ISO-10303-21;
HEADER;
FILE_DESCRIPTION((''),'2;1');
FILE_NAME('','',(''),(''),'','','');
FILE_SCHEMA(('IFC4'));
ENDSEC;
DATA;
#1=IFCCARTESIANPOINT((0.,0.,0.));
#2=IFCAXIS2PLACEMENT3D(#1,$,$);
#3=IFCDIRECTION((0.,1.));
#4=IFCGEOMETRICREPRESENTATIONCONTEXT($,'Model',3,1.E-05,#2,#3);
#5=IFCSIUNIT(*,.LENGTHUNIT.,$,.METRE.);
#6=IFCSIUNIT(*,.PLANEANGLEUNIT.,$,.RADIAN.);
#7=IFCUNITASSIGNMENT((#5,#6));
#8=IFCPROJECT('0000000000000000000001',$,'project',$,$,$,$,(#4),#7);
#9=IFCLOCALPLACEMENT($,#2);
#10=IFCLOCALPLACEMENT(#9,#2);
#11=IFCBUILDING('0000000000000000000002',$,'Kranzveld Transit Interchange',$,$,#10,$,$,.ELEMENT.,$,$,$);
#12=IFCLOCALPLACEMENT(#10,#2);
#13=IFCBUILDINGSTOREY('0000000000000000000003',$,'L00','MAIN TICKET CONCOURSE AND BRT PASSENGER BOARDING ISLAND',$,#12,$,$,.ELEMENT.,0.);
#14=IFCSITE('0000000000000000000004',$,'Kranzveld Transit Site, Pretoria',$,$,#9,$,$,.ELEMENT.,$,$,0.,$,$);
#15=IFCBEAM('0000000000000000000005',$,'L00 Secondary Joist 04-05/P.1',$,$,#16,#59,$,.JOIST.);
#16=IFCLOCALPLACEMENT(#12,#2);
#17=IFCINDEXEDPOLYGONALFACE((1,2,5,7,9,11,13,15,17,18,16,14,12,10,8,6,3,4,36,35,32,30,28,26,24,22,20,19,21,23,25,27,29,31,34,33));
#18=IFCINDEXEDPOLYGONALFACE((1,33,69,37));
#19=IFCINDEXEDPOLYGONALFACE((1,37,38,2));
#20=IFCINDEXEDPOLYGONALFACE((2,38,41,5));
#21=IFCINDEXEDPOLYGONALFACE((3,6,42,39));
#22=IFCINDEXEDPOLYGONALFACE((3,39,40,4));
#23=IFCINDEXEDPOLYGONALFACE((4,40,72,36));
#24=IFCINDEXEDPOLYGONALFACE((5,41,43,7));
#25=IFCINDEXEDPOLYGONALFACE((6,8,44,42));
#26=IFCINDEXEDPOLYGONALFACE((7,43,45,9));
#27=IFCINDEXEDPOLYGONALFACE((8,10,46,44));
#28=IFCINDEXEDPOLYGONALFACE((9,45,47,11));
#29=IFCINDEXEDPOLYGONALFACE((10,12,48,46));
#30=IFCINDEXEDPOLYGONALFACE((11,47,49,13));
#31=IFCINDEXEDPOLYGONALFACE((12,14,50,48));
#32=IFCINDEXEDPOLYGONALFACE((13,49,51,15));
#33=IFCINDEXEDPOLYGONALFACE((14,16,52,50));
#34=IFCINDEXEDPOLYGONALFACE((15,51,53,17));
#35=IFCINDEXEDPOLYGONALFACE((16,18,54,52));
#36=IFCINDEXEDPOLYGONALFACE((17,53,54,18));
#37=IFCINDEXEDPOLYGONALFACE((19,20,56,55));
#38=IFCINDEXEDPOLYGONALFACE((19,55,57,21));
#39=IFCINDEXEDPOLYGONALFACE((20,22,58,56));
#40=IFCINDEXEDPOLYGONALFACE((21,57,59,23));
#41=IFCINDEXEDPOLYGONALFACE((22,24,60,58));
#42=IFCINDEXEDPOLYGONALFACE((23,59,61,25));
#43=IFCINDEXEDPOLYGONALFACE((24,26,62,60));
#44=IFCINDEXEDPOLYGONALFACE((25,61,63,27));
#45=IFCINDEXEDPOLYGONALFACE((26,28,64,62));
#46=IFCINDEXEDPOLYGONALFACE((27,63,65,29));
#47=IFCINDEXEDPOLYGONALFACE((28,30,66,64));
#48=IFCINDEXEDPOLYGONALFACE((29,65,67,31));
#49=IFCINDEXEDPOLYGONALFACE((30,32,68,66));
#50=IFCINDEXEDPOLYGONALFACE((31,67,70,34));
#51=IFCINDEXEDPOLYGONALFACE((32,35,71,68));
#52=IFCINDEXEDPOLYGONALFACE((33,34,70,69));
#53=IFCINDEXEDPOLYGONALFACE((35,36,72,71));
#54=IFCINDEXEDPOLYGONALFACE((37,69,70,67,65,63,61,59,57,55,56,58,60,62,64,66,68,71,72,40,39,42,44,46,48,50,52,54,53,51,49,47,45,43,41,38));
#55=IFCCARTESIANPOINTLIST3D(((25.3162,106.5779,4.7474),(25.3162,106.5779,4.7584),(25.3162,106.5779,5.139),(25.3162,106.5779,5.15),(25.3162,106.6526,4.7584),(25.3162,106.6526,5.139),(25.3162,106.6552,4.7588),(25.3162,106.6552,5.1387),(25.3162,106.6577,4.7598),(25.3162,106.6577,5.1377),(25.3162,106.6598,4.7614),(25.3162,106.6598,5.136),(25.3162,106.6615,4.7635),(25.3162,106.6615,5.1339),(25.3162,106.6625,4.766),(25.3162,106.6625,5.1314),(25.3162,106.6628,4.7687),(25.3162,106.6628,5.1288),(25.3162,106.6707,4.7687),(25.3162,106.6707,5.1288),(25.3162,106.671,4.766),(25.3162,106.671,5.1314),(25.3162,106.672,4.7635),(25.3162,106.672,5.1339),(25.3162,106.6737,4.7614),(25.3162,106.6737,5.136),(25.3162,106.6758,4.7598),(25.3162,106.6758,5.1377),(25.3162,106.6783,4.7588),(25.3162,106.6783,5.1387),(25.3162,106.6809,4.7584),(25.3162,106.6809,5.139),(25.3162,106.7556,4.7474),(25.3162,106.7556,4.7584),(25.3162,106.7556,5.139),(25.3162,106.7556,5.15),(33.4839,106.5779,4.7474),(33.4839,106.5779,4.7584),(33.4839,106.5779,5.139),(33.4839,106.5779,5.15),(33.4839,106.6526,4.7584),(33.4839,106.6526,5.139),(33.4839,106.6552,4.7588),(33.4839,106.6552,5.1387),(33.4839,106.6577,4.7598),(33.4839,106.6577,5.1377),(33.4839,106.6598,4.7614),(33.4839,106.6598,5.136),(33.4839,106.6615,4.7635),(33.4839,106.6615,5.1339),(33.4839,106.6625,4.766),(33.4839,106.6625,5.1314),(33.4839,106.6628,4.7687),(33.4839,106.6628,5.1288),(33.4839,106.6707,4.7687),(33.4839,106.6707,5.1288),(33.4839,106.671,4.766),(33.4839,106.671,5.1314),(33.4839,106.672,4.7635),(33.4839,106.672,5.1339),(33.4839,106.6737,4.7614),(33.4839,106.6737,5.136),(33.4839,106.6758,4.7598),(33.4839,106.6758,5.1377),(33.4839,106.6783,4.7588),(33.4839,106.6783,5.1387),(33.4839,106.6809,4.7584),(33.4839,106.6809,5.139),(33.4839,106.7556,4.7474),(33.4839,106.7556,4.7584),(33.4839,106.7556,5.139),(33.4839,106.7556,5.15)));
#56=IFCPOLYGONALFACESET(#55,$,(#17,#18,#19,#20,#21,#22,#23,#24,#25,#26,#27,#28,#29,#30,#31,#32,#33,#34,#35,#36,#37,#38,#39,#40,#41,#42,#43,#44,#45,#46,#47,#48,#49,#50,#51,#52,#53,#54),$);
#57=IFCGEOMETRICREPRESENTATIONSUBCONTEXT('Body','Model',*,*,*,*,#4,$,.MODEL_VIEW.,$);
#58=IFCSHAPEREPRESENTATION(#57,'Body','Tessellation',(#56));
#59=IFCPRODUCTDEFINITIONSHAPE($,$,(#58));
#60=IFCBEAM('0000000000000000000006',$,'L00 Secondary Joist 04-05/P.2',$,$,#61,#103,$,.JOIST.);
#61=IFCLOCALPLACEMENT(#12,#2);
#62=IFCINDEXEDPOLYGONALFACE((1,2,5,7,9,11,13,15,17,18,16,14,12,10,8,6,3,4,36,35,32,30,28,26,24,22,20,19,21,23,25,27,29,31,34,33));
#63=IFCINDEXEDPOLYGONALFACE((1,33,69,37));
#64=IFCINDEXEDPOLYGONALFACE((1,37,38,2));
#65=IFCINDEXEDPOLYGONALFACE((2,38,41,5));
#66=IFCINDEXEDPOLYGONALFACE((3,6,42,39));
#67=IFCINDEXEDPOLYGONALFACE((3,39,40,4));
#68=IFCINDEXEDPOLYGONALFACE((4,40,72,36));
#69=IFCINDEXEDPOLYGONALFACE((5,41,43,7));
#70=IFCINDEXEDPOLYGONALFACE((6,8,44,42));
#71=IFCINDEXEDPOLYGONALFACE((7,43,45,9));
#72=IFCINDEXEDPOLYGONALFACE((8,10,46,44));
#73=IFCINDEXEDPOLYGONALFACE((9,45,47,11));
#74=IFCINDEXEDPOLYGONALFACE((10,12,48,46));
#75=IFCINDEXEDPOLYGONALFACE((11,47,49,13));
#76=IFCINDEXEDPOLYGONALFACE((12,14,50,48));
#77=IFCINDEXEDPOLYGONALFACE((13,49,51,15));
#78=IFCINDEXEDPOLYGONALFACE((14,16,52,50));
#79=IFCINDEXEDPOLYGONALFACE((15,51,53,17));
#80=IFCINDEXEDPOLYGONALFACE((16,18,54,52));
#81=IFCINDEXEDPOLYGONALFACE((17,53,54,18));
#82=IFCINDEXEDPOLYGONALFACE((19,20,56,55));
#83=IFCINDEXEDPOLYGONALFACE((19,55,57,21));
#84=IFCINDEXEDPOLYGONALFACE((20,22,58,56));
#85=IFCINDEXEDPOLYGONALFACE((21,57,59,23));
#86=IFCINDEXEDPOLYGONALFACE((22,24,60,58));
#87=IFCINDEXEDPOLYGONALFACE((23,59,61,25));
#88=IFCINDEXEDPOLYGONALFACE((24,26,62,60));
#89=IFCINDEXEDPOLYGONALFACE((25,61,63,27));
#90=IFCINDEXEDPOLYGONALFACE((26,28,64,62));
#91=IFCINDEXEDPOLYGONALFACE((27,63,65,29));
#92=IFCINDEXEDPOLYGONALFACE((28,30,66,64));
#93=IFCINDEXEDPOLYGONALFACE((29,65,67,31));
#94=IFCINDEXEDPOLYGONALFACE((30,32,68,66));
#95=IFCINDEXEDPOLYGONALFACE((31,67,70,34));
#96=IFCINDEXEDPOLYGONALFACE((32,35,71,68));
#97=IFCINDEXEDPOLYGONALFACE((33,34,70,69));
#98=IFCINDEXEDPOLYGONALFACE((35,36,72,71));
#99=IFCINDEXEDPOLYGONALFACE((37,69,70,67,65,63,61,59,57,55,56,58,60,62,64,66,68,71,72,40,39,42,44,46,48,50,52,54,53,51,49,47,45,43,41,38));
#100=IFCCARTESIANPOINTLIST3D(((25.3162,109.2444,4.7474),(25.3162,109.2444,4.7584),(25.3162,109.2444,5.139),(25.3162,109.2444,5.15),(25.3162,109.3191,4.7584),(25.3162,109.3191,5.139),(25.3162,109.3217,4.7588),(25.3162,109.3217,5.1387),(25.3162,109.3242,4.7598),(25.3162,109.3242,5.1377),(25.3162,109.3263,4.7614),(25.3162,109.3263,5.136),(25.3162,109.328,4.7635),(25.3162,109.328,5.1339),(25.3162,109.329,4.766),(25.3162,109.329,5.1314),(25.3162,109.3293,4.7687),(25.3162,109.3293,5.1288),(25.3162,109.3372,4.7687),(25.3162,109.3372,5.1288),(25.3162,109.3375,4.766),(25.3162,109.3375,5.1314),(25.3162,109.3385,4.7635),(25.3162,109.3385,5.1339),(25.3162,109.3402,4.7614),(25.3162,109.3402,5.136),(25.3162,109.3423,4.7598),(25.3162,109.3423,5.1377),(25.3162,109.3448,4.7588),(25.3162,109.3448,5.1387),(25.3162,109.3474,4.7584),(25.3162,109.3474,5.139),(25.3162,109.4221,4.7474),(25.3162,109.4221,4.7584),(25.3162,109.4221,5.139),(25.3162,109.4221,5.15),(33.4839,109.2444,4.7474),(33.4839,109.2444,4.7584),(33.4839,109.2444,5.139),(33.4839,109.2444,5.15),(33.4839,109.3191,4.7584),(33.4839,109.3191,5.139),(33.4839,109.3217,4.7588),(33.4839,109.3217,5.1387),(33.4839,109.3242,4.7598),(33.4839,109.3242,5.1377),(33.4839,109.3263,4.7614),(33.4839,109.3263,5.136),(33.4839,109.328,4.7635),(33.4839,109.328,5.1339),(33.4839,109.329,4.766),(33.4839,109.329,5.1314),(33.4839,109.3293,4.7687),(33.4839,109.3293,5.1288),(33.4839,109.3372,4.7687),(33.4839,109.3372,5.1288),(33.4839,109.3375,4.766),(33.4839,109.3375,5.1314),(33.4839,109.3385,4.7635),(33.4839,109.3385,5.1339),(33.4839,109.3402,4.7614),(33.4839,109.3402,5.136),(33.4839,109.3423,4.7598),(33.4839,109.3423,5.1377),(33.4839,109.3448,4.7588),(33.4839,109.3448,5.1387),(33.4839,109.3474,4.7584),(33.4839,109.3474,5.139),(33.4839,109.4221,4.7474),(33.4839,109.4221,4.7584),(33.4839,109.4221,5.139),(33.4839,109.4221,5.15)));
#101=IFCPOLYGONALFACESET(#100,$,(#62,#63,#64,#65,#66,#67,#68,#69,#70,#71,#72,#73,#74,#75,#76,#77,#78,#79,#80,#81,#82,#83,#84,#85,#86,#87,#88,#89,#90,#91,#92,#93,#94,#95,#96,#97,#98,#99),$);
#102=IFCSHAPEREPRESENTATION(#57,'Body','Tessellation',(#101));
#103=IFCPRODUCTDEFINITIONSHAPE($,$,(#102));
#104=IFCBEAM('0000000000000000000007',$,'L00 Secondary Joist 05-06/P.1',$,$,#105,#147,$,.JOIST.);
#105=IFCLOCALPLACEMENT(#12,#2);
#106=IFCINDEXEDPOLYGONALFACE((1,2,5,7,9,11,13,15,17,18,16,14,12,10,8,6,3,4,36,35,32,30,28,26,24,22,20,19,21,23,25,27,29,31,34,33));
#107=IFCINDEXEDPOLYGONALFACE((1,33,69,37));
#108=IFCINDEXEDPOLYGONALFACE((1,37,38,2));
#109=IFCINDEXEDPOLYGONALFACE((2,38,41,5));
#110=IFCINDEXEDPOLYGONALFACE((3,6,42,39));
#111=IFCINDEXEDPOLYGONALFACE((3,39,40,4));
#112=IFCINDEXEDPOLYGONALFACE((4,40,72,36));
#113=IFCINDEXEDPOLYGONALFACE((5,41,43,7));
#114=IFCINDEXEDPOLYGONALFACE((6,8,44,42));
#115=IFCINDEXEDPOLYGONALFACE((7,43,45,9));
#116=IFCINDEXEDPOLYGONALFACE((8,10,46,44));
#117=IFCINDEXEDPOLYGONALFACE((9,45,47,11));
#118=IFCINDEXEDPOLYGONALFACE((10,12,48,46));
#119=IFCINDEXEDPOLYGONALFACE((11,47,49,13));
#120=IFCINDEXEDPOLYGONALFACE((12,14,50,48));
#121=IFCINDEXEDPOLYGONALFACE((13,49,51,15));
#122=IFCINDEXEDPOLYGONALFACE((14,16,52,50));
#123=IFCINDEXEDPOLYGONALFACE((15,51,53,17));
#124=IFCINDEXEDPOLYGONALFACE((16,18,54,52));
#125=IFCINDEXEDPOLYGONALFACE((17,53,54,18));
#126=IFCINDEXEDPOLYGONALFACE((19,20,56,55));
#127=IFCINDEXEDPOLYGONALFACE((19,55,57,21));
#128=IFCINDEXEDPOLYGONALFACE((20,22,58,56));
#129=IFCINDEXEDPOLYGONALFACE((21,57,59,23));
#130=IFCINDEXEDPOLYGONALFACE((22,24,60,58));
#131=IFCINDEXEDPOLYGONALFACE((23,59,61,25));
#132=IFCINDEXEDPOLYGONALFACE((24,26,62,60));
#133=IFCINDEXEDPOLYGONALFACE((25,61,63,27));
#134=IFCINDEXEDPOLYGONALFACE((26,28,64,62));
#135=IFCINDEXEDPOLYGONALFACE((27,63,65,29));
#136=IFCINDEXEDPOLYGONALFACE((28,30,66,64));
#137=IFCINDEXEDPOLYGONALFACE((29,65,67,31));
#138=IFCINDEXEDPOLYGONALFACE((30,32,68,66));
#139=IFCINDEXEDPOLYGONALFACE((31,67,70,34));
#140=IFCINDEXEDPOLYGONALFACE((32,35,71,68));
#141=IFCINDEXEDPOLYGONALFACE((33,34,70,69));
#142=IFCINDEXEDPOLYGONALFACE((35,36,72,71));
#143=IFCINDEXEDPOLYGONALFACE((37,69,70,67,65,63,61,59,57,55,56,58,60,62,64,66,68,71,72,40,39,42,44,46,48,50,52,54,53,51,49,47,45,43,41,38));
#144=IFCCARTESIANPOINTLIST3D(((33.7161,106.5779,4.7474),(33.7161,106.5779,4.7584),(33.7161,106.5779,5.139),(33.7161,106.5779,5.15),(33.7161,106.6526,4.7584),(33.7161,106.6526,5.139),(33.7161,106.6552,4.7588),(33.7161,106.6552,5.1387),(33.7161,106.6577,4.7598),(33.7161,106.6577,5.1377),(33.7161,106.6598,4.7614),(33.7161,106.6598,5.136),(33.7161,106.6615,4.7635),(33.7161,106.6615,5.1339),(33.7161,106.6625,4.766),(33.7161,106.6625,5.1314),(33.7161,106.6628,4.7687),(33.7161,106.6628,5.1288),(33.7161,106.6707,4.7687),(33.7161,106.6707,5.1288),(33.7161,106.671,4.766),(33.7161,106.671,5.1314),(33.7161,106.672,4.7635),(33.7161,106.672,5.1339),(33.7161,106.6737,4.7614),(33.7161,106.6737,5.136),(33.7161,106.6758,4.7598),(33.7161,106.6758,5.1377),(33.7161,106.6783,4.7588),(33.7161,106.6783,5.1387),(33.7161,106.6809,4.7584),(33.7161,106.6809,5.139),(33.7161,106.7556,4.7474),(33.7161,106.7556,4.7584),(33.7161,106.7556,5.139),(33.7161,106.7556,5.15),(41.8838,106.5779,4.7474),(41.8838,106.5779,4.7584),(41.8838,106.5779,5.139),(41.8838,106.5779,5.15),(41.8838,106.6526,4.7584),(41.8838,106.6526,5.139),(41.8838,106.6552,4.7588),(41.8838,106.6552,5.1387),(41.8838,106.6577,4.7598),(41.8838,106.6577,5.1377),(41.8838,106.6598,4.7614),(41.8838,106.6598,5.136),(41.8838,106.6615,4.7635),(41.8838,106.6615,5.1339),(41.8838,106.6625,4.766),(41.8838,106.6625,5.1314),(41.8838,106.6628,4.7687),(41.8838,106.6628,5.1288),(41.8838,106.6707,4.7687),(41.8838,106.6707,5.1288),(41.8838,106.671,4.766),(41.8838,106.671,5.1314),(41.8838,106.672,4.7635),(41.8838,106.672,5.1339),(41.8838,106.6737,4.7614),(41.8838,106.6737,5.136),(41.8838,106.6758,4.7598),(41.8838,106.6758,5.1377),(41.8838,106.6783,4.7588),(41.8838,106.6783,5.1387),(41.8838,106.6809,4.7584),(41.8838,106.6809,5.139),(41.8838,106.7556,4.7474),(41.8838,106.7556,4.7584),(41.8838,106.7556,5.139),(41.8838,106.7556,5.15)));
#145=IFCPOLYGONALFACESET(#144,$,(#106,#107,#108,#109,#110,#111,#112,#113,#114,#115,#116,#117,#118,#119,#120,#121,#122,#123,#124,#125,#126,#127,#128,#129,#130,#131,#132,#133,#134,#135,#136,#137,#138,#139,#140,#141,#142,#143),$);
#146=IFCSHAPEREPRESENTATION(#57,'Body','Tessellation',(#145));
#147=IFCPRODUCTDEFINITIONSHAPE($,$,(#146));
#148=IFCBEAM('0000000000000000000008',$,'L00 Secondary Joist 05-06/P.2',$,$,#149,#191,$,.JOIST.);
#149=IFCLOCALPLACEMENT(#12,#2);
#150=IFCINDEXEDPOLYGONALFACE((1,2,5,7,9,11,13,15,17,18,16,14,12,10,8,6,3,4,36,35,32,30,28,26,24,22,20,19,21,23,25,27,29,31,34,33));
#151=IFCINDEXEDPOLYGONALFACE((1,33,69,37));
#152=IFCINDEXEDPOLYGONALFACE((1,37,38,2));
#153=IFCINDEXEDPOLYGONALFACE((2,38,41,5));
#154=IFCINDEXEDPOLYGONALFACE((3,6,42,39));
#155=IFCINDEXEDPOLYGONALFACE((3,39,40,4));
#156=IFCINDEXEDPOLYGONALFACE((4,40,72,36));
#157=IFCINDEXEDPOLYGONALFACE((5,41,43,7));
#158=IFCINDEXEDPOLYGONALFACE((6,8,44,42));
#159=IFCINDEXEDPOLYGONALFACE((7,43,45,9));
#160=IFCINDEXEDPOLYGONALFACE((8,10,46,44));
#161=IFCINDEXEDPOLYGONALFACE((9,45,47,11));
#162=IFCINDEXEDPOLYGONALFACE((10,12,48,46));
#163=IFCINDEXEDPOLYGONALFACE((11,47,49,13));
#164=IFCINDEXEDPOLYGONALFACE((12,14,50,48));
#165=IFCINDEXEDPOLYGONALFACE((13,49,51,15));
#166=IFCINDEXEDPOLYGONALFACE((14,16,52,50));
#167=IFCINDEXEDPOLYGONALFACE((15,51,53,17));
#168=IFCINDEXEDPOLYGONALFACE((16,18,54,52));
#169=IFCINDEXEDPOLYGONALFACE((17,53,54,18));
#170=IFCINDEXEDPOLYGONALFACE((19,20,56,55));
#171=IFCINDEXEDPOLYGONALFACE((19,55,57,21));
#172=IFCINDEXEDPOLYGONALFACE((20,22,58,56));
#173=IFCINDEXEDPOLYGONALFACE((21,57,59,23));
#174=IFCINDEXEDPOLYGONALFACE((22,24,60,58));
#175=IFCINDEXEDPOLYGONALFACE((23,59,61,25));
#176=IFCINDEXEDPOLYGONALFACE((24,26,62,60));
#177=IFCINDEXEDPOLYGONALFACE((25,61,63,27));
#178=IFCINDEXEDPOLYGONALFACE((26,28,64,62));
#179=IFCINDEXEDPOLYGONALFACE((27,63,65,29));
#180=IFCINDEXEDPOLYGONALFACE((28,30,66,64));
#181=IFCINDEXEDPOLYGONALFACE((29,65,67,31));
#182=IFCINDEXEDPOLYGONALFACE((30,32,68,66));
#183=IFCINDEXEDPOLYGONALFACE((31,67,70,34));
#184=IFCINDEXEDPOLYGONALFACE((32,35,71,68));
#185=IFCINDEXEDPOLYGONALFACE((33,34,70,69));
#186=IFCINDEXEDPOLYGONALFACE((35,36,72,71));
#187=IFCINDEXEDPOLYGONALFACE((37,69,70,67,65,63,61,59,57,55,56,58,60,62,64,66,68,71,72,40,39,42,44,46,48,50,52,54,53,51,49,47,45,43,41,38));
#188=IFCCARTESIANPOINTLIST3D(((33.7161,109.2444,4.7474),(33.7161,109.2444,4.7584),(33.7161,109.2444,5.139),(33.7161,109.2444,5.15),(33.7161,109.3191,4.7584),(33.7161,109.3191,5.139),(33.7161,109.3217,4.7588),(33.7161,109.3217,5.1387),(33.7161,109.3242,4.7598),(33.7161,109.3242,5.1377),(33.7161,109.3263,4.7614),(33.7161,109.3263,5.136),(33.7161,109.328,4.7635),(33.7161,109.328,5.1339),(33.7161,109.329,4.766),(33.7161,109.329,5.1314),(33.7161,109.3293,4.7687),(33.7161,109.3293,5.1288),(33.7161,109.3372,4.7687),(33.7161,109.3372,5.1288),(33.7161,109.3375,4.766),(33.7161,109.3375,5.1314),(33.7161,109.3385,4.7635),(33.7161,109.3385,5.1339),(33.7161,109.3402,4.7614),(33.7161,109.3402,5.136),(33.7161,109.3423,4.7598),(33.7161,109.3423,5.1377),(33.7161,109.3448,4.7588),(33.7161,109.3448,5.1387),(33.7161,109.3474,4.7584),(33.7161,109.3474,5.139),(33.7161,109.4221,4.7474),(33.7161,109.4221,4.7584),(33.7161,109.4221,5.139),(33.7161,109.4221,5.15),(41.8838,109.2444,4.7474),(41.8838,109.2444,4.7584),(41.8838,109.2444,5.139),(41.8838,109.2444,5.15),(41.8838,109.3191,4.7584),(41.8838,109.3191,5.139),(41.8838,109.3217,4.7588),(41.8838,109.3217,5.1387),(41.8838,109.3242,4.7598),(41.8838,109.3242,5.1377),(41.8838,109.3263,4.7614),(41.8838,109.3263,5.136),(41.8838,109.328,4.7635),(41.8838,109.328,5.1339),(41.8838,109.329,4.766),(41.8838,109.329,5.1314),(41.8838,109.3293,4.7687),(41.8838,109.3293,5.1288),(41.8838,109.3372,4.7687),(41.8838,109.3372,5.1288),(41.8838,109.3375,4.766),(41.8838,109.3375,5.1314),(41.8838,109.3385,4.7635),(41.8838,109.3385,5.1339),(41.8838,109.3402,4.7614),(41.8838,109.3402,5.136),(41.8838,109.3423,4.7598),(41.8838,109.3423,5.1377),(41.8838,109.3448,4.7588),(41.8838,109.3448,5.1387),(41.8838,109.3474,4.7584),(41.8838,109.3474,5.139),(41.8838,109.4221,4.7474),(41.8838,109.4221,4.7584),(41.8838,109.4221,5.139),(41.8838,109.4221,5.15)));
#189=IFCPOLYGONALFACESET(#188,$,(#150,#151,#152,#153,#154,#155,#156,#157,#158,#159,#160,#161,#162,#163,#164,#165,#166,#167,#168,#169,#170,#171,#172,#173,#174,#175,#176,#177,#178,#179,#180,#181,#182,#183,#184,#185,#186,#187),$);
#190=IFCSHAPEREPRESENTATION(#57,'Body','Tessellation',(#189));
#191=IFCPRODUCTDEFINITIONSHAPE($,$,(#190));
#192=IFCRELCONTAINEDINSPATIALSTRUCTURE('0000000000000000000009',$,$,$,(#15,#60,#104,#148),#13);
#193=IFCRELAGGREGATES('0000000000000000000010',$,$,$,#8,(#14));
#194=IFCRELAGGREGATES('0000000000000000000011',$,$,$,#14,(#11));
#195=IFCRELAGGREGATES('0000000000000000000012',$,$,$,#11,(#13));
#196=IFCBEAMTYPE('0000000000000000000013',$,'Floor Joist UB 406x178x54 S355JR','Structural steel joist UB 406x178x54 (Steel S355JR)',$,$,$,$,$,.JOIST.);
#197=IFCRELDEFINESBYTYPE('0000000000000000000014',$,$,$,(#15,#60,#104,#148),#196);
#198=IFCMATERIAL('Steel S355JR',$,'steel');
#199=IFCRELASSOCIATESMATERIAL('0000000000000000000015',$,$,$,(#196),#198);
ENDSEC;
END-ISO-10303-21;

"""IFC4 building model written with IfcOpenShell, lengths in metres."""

from ifc_helpers import new_model, si_unit, direction, frame, origin, origin_2d, place, context, subcontext, project, spatial, i_section, extrude, material, material_profile, profile_set, type_object, element, save


model = new_model("IFC4")

# Units and contexts
model_context = context("Model", 3, precision=1e-05, world=origin(), true_north=direction((0.0, 1.0)))
body_context = subcontext(model_context, "Body", "Model", "MODEL_VIEW")
ifc_project = project(units=[si_unit("LENGTHUNIT", "METRE"), si_unit("PLANEANGLEUNIT", "RADIAN")], contexts=[model_context])

# Site, building, storey
site_placement = place(None, origin())
site = spatial("IfcSite", under=ifc_project, at=site_placement, Name="Kranzveld Transit Site, Pretoria", CompositionType="ELEMENT", RefElevation=0.0)
building_placement = place(site_placement, origin())
building = spatial("IfcBuilding", under=site, at=building_placement, Name="Kranzveld Transit Interchange", CompositionType="ELEMENT")
storey_placement = place(building_placement, origin())
storey = spatial("IfcBuildingStorey", under=building, at=storey_placement, Name="L00", Description="MAIN TICKET CONCOURSE AND BRT PASSENGER BOARDING ISLAND", CompositionType="ELEMENT", Elevation=0.0)

# Beams
ifc_material_1 = material(Name="Steel S355JR", Category="steel")
ifc_material_profile_1 = material_profile(ifc_material_1, i_section(OverallWidth=0.1777, OverallDepth=0.4026, WebThickness=0.0078, FlangeThickness=0.011, FilletRadius=0.0103, at=origin_2d()), Name="UB 406x178x54")
ifc_profile_set_1 = profile_set([ifc_material_profile_1], Name="Steel S355JR")
beam_type_1 = type_object("IfcBeamType", Name="Floor Joist UB 406x178x54 S355JR", Description="Structural steel joist UB 406x178x54 (Steel S355JR)", PredefinedType="JOIST", material=ifc_profile_set_1)
for number, where, z_axis, x_axis, name in (
    (1, (25.3162, 106.6667, 4.9487), (1.0, 0.0, 0.0), (0.0, 1.0, 0.0), "L00 Secondary Joist 04-05/P.1"),
    (2, (25.3162, 109.3333, 4.9487), (1.0, 0.0, 0.0), (0.0, 1.0, 0.0), "L00 Secondary Joist 04-05/P.2"),
    (3, (33.7161, 106.6667, 4.9487), (1.0, 0.0, 0.0), (0.0, 1.0, 0.0), "L00 Secondary Joist 05-06/P.1"),
    (4, (33.7161, 109.3333, 4.9487), (1.0, 0.0, 0.0), (0.0, 1.0, 0.0), "L00 Secondary Joist 05-06/P.2"),
):
    element("IfcBeam", number, at=place(storey_placement, frame(where, z_axis=z_axis, x_axis=x_axis)), inside=storey, type_object=beam_type_1, Name=name, PredefinedType="JOIST", context=body_context, shape_type="SweptSolid", body=[
        extrude(i_section(OverallWidth=0.1777, OverallDepth=0.4026, WebThickness=0.0078, FlangeThickness=0.011, FilletRadius=0.0103, at=origin_2d()), origin(), (0.0, 0.0, 1.0), 8.1677),
    ])

save(model, "model.ifc")
